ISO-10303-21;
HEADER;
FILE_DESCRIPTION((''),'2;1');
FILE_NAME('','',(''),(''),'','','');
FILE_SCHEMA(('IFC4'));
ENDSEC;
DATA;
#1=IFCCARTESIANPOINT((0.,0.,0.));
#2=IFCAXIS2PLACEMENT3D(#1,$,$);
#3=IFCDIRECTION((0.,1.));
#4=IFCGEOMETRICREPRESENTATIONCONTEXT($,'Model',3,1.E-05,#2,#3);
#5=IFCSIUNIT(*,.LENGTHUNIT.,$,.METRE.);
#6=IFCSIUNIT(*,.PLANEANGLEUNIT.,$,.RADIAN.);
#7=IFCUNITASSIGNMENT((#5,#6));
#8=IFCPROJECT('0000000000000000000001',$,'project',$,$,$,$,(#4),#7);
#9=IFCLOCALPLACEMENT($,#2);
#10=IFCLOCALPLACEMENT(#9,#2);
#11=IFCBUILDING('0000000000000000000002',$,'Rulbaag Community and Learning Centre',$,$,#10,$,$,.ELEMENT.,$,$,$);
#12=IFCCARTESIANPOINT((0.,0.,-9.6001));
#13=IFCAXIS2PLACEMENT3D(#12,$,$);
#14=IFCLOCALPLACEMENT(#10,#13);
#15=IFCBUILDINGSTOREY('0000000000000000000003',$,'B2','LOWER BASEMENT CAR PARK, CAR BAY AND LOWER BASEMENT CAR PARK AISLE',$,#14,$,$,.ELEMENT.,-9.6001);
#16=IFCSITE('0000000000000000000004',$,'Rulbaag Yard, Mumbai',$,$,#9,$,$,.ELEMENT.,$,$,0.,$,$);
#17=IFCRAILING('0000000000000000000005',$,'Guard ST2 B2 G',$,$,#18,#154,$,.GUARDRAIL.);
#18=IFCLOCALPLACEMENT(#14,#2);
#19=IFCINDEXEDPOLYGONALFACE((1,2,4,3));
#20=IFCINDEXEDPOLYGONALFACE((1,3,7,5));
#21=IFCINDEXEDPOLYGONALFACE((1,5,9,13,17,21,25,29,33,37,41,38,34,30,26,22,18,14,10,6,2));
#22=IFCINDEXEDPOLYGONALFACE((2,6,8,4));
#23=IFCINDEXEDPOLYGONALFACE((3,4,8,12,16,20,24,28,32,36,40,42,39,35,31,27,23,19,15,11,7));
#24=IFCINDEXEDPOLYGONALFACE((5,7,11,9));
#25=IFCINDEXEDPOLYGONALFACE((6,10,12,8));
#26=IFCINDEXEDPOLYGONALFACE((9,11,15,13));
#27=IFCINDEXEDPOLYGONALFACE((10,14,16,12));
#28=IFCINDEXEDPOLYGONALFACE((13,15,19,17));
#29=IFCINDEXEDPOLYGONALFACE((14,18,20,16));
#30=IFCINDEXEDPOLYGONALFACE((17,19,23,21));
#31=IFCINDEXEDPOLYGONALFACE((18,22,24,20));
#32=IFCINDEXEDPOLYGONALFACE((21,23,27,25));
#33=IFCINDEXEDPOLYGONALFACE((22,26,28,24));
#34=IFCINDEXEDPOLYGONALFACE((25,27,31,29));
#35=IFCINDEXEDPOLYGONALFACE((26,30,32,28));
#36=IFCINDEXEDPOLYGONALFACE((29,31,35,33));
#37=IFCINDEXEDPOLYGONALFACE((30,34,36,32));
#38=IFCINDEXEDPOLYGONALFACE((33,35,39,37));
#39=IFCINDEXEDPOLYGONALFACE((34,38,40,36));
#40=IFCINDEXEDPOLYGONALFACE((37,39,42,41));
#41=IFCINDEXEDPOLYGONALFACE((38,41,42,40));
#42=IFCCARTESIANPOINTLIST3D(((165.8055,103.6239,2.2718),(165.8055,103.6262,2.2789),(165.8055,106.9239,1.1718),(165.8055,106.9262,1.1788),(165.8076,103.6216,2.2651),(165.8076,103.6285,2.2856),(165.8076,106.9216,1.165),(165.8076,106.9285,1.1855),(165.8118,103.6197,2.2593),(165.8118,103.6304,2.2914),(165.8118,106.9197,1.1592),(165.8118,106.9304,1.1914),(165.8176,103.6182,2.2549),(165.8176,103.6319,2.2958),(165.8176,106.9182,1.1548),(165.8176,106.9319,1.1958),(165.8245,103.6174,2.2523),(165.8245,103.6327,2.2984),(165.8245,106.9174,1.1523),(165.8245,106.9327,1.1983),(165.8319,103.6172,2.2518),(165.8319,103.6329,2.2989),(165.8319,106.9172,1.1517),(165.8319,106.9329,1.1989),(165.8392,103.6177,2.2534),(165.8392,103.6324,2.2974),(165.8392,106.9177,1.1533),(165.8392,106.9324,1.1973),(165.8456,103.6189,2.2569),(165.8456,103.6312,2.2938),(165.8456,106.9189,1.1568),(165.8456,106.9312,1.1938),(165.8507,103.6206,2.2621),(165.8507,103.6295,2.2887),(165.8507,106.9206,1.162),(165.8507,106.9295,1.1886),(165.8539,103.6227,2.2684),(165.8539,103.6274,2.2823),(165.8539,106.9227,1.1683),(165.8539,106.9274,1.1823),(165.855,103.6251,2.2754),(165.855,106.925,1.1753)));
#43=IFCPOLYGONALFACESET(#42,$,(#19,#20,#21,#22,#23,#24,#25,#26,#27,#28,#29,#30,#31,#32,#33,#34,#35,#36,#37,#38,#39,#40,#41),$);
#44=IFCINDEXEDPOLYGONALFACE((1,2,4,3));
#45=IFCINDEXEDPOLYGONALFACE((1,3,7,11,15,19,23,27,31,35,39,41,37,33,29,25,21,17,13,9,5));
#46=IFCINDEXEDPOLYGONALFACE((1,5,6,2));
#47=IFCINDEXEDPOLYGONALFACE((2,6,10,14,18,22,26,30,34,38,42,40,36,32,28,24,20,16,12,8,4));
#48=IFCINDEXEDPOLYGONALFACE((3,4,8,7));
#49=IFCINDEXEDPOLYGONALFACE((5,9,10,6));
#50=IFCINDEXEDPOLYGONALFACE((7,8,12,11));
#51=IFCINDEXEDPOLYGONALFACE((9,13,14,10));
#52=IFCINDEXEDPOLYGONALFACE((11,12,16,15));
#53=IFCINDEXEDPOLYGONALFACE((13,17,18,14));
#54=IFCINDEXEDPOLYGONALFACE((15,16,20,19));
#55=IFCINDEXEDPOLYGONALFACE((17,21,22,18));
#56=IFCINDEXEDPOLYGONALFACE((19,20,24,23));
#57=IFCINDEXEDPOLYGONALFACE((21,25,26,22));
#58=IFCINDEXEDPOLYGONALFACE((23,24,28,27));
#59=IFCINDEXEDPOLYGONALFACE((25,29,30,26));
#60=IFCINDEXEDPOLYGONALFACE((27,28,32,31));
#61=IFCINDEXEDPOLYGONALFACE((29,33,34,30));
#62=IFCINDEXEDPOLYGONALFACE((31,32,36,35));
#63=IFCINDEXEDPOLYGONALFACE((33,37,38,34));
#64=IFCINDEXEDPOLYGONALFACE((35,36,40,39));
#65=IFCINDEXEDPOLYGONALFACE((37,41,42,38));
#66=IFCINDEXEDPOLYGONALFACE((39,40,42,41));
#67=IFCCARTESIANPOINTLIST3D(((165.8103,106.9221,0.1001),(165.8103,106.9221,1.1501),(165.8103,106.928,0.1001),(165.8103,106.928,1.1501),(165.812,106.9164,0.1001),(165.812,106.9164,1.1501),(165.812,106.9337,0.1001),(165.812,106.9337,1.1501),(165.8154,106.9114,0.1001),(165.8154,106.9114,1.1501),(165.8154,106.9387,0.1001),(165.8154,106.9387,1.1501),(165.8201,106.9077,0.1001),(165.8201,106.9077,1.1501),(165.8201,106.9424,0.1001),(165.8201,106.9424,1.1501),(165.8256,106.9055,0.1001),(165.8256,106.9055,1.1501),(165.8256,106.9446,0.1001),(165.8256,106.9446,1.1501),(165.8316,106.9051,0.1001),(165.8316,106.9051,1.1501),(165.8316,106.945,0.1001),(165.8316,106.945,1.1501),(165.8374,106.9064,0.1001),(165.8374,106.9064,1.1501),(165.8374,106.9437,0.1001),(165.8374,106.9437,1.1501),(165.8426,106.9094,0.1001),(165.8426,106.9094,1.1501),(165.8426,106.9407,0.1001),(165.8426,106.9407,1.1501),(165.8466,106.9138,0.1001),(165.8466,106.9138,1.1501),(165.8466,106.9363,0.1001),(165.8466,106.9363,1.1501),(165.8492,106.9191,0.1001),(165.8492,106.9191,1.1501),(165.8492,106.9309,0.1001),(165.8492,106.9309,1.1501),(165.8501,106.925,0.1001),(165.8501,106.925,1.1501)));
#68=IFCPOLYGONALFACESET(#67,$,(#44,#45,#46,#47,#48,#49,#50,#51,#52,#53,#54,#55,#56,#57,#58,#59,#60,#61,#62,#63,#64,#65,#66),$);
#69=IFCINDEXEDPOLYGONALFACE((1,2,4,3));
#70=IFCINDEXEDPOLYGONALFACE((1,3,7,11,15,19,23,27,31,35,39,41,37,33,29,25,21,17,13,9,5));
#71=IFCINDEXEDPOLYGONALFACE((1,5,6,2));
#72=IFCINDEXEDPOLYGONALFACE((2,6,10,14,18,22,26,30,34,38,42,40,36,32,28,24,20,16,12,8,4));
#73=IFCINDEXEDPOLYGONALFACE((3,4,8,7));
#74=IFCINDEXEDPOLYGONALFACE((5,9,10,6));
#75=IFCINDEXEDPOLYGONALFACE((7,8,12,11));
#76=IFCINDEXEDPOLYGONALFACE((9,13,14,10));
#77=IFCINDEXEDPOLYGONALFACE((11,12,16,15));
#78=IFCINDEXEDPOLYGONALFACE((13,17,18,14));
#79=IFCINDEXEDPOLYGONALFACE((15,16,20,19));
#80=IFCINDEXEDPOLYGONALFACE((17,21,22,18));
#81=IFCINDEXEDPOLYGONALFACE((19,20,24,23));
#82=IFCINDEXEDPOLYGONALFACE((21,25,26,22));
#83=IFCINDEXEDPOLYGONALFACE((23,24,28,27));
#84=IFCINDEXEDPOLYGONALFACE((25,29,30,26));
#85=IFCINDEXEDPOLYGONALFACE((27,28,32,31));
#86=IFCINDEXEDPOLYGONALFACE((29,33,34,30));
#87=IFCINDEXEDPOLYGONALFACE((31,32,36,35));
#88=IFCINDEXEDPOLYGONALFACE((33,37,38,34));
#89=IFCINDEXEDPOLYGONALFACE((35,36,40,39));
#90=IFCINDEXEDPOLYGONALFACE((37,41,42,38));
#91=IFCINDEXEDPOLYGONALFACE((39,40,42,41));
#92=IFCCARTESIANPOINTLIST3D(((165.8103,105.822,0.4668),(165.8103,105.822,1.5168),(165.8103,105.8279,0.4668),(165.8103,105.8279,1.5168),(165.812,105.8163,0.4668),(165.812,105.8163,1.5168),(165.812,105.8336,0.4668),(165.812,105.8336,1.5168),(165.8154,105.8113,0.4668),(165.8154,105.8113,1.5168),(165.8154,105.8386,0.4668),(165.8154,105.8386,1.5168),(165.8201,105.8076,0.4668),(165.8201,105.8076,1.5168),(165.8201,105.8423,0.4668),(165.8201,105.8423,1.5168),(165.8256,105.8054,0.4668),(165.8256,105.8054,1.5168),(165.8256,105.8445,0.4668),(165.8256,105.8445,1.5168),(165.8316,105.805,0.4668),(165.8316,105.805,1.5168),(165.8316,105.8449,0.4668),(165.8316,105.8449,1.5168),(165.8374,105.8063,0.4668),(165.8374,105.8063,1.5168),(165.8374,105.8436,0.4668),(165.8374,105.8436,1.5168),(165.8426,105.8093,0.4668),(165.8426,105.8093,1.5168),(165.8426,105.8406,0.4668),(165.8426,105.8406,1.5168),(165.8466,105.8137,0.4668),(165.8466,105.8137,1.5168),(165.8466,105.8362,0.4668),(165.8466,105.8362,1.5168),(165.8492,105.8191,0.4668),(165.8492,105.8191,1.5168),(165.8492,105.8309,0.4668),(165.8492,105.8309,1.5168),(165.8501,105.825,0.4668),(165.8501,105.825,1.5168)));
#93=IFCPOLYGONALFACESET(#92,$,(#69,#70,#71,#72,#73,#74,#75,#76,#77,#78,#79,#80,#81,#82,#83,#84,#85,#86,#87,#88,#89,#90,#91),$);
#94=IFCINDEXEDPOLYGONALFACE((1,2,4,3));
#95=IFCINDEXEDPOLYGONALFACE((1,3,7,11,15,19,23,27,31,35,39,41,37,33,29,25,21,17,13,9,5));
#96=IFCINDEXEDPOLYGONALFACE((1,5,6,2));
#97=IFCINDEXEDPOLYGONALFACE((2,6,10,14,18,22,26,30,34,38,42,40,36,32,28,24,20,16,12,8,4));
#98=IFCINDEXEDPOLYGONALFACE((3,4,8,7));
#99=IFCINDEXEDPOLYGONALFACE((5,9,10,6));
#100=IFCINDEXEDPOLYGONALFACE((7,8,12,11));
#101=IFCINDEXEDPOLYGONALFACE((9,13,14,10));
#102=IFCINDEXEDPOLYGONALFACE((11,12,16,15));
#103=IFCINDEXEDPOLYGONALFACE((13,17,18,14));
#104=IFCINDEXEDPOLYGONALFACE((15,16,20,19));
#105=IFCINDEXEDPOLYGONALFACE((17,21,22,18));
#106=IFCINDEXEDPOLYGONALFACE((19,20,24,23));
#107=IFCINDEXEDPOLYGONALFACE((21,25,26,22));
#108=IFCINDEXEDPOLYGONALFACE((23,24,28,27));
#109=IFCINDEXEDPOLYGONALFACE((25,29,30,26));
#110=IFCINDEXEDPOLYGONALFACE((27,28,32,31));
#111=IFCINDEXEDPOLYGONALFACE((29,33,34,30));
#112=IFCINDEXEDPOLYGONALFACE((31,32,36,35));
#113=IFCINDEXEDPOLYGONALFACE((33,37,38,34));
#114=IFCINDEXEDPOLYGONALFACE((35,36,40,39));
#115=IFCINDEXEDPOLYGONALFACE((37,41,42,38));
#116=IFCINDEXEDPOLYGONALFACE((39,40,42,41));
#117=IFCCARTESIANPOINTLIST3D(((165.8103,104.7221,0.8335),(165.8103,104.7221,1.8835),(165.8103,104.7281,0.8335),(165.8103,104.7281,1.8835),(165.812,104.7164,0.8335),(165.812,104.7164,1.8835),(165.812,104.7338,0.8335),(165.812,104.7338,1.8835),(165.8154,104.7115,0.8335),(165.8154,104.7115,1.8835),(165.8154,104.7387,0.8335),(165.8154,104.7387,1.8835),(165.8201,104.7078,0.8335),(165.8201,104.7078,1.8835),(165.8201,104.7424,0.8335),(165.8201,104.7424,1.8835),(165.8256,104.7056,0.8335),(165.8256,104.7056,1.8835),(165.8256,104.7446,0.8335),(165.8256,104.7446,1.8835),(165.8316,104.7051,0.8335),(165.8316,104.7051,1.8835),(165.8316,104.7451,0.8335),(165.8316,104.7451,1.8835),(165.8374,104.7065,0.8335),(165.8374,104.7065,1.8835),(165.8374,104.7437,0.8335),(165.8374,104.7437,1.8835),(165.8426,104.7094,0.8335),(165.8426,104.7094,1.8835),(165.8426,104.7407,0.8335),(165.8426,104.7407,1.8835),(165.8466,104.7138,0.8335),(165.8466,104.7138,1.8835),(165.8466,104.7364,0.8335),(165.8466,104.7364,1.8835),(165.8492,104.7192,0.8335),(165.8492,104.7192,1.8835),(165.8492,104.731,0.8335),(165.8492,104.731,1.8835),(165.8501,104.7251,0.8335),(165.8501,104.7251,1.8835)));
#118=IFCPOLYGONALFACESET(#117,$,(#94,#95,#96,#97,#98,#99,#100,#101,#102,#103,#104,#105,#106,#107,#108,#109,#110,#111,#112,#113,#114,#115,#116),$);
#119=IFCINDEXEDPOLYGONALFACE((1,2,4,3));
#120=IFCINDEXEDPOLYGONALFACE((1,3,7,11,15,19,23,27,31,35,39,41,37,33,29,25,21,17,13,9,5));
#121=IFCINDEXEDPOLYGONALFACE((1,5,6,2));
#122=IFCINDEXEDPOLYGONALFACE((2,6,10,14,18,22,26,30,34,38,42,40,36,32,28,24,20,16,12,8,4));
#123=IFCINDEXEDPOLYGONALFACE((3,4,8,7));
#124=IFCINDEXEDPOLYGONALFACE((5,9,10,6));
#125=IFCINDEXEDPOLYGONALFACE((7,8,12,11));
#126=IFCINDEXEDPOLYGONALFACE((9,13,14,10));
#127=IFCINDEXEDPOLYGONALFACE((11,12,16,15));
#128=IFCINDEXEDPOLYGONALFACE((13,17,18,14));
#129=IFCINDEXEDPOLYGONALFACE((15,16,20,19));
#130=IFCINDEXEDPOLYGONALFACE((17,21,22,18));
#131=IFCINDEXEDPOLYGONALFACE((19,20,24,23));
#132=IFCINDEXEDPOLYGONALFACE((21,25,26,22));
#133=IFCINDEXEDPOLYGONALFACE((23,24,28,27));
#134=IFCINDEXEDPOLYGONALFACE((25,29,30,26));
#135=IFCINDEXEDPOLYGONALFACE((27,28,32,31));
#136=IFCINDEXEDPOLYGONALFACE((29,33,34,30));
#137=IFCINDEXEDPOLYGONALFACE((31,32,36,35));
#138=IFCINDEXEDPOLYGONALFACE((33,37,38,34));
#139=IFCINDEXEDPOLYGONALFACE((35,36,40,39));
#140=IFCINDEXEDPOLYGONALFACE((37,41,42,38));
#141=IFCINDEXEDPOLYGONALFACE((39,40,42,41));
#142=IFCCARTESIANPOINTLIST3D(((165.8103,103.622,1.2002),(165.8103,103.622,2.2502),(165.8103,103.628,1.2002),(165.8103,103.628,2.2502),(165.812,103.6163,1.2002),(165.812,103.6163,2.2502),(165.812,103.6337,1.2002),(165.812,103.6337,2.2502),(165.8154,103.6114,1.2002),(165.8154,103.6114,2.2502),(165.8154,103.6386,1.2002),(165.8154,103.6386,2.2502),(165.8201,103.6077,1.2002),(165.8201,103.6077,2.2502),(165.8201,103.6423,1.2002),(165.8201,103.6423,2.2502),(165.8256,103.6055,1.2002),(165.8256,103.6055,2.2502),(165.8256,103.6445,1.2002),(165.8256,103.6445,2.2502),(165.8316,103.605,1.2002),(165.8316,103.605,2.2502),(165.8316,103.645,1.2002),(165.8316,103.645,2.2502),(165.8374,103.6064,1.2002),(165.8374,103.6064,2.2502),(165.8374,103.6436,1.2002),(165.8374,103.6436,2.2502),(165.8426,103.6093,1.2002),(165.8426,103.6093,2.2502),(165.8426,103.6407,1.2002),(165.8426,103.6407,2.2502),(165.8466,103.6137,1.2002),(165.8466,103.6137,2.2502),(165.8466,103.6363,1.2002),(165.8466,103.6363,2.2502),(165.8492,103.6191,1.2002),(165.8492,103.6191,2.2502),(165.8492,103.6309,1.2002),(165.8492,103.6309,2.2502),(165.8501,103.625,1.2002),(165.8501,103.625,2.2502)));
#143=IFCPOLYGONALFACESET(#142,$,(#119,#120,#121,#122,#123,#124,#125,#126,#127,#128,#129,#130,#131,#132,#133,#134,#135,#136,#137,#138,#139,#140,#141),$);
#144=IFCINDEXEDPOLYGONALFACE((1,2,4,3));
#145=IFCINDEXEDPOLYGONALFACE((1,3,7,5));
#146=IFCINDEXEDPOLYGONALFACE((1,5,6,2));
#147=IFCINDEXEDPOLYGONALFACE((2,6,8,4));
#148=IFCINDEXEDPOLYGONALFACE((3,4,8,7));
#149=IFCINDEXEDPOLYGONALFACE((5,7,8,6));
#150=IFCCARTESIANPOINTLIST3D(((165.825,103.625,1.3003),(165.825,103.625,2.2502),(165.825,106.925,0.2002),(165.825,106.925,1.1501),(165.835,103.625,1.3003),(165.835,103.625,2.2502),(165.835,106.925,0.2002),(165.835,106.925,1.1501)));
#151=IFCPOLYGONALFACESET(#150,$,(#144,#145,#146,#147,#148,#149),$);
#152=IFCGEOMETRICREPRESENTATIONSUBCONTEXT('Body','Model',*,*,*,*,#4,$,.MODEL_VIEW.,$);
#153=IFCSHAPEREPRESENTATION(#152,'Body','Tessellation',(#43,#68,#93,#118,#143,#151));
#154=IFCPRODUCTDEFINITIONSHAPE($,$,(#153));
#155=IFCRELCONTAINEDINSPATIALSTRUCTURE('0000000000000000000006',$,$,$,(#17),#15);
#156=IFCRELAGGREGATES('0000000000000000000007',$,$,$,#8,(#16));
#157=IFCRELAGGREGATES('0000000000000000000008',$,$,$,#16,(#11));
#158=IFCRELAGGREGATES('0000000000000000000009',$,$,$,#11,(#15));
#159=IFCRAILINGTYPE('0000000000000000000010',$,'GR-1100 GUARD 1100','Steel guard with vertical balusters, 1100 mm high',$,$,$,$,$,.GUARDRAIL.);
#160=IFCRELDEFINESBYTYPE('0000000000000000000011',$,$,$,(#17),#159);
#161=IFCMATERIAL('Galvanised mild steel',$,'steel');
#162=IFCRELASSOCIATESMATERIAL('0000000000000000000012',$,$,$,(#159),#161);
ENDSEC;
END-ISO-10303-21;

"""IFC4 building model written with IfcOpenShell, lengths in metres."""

from ifc_helpers import new_model, si_unit, direction, frame, origin, origin_2d, place, context, subcontext, project, spatial, polyline, circle, outline, extrude, material, type_object, element, save


model = new_model("IFC4")

# Units and contexts
model_context = context("Model", 3, precision=1e-05, world=origin(), true_north=direction((0.0, 1.0)))
body_context = subcontext(model_context, "Body", "Model", "MODEL_VIEW")
ifc_project = project(units=[si_unit("LENGTHUNIT", "METRE"), si_unit("PLANEANGLEUNIT", "RADIAN")], contexts=[model_context])

# Site, building, storey
site_placement = place(None, origin())
site = spatial("IfcSite", under=ifc_project, at=site_placement, Name="Rulbaag Yard, Mumbai", CompositionType="ELEMENT", RefElevation=0.0)
building_placement = place(site_placement, origin())
building = spatial("IfcBuilding", under=site, at=building_placement, Name="Rulbaag Community and Learning Centre", CompositionType="ELEMENT")
storey_placement = place(building_placement, frame((0.0, 0.0, -9.6001)))
storey = spatial("IfcBuildingStorey", under=building, at=storey_placement, Name="B2", Description="LOWER BASEMENT CAR PARK, CAR BAY AND LOWER BASEMENT CAR PARK AISLE", CompositionType="ELEMENT", Elevation=-9.6001)

# Railing
ifc_material_1 = material(Name="Galvanised mild steel", Category="steel")
railing_type_1 = type_object("IfcRailingType", Name="GR-1100 GUARD 1100", Description="Steel guard with vertical balusters, 1100 mm high", PredefinedType="GUARDRAIL", material=ifc_material_1)
railing_1_placement = place(storey_placement, frame((165.8301, 106.925, 0.1001)))
element("IfcRailing", 1, at=railing_1_placement, inside=storey, type_object=railing_type_1, Name="Guard ST2 B2 G", PredefinedType="GUARDRAIL", context=body_context, shape_type="SweptSolid", body=[
    extrude(circle(Radius=0.0249, at=origin_2d()), frame((0.0, 0.0, 1.0752), z_axis=(0.0, -0.948676, 0.316249), x_axis=(1.0, 0.0, 0.0)), (0.0, 0.0, 1.0), 3.4785),
    extrude(circle(Radius=0.02, at=origin_2d()), origin(), (0.0, 0.0, 1.0), 1.05),
    extrude(circle(Radius=0.02, at=origin_2d()), frame((0.0, -1.1001, 0.3667)), (0.0, 0.0, 1.0), 1.05),
    extrude(circle(Radius=0.02, at=origin_2d()), frame((0.0, -2.2, 0.7334)), (0.0, 0.0, 1.0), 1.05),
    extrude(circle(Radius=0.02, at=origin_2d()), frame((0.0, -3.3, 1.1001)), (0.0, 0.0, 1.0), 1.05),
    extrude(outline(polyline([(0.0, 0.0), (3.3, 1.1001), (3.3, 2.05), (0.0, 0.95), (0.0, 0.0)])), frame((0.0049, 0.0, 0.1001), z_axis=(-1.0, 0.0, 0.0), x_axis=(0.0, -1.0, 0.0)), (0.0, 0.0, 1.0), 0.01),
])

save(model, "model.ifc")
